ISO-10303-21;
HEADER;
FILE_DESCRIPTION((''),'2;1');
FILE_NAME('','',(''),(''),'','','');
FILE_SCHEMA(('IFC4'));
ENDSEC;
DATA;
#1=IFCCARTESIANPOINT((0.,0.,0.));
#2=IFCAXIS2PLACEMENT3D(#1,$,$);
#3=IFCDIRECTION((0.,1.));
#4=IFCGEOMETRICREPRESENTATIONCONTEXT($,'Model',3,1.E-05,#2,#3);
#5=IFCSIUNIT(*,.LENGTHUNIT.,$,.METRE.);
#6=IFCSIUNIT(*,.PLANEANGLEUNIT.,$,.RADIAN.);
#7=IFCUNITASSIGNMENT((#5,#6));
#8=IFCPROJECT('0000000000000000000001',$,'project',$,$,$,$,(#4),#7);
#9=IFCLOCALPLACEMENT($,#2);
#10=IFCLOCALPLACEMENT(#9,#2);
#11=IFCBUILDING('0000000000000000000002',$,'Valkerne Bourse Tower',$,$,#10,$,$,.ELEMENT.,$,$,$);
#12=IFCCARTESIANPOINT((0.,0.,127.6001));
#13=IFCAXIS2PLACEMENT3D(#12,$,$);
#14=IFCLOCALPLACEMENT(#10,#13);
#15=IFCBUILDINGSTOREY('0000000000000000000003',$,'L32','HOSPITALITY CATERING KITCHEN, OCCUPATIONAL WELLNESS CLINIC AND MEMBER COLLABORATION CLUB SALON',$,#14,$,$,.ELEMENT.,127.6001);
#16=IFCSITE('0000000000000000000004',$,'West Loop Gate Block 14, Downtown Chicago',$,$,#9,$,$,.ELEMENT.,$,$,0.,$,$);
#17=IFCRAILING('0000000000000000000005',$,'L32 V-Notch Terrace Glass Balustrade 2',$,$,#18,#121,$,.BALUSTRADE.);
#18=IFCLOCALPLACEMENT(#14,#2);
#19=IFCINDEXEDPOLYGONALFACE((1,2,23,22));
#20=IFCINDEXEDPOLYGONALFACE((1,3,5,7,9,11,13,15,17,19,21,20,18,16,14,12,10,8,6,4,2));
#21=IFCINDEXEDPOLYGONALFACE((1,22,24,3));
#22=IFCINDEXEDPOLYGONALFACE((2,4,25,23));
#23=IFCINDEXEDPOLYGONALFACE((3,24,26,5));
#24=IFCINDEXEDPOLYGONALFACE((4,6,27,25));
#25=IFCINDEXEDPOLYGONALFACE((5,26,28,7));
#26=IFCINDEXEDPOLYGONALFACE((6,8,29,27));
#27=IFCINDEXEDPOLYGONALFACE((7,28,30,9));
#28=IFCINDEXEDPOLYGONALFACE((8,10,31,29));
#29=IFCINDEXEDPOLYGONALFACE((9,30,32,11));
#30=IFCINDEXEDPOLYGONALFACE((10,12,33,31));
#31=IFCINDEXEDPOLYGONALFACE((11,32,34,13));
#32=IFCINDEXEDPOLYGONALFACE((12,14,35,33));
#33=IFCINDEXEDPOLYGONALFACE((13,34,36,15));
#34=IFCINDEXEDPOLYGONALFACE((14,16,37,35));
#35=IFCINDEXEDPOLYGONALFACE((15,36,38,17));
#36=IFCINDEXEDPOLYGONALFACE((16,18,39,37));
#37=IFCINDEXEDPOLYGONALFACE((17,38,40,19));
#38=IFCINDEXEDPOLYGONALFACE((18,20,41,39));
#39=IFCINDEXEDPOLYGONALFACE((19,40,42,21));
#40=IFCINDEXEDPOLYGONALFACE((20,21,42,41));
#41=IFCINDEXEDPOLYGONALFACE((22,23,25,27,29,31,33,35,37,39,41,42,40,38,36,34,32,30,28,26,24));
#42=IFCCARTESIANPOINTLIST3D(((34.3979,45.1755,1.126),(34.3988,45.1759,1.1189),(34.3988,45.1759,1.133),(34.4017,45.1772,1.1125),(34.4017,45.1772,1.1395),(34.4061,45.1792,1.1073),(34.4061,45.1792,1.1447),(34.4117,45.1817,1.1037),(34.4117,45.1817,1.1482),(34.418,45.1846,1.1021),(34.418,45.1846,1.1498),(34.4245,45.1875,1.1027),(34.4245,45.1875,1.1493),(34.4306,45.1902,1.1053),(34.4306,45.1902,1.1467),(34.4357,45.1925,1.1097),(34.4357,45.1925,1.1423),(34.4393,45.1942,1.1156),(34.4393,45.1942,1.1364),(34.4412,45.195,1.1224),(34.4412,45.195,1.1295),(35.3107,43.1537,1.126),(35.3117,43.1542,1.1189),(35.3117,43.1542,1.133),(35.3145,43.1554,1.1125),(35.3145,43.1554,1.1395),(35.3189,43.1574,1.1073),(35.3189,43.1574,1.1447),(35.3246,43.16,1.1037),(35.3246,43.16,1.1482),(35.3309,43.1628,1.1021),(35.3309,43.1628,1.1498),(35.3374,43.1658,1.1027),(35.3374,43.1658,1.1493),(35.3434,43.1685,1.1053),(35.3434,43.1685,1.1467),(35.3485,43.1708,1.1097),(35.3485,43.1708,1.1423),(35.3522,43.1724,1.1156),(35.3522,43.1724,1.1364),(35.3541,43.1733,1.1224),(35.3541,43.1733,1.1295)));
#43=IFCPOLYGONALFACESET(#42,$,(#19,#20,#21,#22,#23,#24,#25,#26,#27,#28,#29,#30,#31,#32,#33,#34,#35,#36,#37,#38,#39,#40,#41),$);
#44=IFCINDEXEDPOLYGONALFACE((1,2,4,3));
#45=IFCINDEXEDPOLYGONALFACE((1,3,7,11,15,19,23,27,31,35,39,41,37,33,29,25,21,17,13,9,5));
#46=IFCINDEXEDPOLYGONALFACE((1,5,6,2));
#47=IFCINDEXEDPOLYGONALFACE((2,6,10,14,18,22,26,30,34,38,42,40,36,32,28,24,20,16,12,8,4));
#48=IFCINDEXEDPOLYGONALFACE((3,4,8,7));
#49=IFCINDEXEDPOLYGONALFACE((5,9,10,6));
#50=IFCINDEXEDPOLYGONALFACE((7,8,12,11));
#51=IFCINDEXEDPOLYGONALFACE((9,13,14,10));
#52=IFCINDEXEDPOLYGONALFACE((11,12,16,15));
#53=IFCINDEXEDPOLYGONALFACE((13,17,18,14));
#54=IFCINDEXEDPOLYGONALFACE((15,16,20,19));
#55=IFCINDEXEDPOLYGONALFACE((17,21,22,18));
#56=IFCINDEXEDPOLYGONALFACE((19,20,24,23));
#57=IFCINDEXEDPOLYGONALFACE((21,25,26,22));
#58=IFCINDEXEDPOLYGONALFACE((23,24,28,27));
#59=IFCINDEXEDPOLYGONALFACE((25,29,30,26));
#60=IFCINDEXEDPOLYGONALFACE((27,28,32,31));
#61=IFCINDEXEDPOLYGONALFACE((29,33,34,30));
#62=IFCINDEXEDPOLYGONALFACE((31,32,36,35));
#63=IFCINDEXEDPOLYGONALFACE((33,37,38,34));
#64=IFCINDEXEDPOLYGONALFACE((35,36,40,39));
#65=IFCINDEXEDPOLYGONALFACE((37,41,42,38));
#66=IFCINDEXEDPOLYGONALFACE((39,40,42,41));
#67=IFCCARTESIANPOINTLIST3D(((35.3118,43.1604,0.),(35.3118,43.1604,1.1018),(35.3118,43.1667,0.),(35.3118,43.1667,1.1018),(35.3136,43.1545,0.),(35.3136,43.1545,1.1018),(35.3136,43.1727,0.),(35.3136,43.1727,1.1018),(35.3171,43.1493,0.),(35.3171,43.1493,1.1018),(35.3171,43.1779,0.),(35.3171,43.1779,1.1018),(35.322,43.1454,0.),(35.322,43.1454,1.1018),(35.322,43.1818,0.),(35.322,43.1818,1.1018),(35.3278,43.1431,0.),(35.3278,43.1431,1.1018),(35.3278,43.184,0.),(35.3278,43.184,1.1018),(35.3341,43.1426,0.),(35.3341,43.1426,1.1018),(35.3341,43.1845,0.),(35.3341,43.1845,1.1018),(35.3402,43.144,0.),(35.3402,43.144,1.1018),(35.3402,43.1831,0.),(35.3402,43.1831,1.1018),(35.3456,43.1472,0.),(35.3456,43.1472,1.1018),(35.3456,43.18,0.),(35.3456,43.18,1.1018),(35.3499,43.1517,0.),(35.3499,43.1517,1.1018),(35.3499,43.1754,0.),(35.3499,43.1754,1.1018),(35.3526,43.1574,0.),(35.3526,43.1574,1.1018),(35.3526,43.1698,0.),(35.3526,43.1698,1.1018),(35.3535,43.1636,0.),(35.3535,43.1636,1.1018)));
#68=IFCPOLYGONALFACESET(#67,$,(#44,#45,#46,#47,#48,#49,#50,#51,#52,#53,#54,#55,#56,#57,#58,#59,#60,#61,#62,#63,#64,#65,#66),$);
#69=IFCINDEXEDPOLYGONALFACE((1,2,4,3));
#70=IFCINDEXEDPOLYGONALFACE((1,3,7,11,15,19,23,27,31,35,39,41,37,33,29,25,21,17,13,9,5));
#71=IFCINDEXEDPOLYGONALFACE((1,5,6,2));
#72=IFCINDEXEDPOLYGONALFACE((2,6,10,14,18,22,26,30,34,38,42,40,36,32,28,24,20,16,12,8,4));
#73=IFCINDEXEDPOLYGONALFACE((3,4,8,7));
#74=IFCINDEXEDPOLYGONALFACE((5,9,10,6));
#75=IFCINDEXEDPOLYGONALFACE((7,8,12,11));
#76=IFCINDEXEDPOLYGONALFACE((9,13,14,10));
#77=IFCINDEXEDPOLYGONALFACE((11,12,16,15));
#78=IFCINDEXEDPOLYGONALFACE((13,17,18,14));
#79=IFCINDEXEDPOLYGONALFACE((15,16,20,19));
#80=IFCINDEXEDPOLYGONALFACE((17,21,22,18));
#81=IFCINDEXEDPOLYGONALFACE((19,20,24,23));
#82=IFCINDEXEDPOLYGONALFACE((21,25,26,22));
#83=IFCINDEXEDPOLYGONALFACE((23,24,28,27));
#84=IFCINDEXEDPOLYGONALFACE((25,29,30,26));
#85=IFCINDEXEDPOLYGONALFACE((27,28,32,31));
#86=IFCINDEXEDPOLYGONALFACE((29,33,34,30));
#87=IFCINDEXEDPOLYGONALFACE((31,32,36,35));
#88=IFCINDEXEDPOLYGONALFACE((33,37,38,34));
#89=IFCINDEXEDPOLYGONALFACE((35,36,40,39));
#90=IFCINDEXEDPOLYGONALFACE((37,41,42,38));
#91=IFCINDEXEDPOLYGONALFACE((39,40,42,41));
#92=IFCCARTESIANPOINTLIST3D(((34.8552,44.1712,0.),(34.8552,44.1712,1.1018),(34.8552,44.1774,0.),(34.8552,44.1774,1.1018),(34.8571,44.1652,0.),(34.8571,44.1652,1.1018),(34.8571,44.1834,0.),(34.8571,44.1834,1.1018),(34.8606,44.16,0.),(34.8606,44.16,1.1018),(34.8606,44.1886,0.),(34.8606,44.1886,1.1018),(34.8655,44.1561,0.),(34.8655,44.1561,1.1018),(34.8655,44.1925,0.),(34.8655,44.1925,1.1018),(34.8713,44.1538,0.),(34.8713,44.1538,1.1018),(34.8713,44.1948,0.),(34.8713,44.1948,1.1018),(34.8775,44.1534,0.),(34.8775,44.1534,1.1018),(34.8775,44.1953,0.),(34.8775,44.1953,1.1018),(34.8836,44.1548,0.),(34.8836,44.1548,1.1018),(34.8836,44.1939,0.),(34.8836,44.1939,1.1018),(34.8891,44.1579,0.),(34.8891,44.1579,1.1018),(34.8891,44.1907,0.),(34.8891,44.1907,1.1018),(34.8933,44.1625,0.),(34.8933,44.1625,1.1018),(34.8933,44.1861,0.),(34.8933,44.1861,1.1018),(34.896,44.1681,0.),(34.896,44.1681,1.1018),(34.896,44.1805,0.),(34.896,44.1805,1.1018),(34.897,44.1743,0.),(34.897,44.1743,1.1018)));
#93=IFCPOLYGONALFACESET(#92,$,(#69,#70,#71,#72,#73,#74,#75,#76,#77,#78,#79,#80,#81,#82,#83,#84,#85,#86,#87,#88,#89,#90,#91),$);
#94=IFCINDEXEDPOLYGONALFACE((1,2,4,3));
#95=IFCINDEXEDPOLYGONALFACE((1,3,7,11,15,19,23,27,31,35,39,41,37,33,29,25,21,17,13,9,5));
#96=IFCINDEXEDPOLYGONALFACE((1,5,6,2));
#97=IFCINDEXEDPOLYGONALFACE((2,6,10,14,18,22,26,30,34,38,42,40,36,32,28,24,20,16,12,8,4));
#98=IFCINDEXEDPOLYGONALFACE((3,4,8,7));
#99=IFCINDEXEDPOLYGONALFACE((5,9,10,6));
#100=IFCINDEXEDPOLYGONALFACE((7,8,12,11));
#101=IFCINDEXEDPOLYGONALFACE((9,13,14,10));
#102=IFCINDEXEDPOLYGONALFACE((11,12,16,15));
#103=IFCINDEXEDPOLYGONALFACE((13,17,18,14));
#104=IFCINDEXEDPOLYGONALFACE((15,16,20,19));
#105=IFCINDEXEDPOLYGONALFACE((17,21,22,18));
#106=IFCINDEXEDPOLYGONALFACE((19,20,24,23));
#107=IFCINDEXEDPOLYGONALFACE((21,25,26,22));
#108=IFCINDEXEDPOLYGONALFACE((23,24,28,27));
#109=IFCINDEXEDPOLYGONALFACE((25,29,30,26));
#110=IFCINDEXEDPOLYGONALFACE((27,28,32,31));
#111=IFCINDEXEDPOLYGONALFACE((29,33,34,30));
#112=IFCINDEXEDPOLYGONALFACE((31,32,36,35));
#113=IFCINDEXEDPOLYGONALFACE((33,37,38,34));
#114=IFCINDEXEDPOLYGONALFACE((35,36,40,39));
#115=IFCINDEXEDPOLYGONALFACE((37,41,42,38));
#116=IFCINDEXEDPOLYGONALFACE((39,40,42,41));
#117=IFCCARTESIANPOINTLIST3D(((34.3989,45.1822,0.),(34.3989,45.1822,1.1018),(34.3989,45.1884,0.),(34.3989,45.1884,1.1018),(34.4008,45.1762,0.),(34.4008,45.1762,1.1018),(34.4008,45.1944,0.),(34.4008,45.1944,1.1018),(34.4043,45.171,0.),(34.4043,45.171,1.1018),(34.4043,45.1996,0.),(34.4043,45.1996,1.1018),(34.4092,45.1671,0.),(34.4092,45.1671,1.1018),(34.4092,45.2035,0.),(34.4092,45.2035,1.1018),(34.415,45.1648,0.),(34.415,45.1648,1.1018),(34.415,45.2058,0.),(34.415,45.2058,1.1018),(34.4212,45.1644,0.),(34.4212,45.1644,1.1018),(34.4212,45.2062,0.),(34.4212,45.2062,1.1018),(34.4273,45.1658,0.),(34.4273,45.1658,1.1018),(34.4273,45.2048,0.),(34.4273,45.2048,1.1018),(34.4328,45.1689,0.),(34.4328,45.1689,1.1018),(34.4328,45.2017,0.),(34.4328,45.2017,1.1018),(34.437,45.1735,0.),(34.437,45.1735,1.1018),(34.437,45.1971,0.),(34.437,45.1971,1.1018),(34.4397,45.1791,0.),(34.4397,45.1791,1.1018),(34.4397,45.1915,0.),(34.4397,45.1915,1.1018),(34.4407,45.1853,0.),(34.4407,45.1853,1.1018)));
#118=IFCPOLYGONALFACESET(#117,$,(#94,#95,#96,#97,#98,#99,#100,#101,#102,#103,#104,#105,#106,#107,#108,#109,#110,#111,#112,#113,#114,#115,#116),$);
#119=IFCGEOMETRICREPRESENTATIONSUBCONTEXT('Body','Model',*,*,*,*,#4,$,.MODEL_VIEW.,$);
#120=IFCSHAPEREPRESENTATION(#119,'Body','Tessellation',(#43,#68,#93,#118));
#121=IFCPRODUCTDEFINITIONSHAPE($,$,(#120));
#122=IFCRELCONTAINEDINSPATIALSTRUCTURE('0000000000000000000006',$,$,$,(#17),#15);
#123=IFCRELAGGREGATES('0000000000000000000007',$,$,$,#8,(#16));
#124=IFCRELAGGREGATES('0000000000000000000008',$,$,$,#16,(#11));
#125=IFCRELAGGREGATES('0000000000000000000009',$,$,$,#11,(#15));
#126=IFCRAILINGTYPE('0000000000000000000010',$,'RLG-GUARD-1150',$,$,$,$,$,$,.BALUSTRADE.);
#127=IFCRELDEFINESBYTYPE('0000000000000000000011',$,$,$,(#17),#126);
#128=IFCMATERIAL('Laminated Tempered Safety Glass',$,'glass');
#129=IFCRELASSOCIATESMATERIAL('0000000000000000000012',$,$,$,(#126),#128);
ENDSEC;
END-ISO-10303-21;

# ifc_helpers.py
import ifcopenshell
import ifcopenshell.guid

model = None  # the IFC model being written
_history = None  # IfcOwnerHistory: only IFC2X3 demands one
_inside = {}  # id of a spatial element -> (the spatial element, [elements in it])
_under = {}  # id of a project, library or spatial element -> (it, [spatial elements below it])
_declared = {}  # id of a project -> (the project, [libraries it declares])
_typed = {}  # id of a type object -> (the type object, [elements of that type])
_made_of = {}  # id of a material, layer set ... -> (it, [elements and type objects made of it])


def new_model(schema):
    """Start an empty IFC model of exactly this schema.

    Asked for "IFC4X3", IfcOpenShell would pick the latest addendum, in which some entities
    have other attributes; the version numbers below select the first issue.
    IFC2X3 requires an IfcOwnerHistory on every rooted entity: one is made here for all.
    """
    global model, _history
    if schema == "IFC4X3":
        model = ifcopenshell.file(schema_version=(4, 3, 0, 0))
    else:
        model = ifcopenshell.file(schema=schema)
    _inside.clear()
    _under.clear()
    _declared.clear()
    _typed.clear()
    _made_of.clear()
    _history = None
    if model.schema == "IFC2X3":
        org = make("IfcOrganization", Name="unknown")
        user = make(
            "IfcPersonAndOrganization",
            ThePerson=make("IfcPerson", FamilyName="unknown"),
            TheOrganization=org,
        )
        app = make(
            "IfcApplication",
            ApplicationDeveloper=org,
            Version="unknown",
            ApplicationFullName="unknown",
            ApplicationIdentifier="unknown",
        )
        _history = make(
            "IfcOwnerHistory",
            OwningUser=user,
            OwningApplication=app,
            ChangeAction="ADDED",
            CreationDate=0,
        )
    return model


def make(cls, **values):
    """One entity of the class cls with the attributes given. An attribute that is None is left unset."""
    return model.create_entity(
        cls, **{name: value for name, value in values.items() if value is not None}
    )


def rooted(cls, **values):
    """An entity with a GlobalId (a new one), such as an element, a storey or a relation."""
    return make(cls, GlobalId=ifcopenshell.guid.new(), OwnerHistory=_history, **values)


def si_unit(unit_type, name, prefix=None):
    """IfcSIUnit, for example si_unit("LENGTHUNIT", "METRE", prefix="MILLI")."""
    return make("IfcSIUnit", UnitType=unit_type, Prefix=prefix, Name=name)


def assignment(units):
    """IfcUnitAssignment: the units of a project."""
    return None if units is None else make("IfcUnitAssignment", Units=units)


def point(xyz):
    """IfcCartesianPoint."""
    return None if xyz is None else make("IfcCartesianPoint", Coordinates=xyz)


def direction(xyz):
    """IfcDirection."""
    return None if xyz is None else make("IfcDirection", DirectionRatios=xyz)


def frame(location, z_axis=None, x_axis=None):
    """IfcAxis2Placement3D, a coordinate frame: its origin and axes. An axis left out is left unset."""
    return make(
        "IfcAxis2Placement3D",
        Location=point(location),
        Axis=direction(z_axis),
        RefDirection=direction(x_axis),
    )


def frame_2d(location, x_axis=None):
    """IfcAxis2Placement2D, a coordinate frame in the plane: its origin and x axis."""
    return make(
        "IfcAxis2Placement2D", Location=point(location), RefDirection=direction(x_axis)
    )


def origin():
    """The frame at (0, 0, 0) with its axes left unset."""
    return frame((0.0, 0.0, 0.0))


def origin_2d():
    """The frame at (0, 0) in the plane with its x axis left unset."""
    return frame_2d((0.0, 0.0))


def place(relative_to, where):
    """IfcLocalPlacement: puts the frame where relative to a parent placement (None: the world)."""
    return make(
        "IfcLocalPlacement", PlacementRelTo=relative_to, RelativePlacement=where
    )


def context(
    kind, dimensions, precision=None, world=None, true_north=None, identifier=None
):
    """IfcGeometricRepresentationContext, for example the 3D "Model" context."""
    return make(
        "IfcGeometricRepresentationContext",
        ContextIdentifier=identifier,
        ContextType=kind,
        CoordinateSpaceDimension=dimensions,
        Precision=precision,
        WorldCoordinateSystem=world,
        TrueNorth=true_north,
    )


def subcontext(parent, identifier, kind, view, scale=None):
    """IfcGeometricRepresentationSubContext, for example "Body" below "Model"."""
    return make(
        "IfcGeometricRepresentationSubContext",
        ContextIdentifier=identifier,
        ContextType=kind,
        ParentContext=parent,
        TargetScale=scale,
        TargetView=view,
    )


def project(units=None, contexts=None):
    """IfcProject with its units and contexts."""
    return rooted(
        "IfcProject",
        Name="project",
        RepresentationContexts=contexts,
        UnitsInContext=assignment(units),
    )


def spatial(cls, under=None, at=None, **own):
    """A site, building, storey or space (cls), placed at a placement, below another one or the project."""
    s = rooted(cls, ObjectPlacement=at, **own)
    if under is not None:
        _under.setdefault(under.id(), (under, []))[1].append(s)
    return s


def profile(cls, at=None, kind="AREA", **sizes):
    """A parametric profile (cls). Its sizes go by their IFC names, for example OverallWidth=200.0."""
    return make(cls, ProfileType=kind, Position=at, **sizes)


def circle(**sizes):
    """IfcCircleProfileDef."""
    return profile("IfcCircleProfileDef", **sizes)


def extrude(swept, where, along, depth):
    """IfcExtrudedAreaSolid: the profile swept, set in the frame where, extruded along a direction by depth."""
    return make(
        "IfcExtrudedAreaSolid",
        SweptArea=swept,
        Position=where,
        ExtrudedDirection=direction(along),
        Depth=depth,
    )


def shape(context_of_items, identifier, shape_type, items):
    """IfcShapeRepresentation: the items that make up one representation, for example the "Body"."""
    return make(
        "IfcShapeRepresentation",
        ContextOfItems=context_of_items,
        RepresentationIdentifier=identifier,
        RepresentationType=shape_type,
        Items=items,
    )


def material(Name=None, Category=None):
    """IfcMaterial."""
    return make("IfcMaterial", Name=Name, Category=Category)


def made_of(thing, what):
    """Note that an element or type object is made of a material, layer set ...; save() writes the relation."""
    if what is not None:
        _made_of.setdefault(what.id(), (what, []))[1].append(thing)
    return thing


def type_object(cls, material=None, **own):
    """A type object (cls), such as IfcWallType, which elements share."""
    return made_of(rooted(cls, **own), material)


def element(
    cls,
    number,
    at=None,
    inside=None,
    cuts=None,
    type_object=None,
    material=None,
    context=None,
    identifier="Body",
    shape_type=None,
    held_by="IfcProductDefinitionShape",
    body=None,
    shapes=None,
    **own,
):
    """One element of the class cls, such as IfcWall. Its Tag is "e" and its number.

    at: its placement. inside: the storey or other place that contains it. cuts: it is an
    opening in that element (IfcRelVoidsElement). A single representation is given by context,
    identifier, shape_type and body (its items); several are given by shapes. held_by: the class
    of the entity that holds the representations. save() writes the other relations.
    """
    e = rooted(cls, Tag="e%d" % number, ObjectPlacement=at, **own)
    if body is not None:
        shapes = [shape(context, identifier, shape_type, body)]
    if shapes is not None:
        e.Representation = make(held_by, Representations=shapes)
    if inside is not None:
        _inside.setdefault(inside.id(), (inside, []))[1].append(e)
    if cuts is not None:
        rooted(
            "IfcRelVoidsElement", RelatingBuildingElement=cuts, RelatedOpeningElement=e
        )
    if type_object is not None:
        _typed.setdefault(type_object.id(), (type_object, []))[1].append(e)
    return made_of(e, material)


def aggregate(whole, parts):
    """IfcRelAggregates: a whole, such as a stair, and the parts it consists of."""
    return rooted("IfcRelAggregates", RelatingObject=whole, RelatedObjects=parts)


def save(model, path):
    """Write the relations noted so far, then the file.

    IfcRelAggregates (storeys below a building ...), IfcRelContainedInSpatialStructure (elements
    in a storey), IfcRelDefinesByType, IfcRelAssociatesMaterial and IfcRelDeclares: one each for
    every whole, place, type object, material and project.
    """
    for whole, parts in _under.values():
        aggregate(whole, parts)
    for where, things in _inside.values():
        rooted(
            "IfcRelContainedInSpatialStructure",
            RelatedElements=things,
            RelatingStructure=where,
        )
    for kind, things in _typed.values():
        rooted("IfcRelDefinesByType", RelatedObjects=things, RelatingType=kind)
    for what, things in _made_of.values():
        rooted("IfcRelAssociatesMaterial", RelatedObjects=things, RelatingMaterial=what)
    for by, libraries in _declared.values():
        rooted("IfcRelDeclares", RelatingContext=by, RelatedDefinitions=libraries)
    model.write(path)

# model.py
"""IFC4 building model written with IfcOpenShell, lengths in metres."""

from ifc_helpers import new_model, si_unit, direction, frame, origin, origin_2d, place, context, subcontext, project, spatial, circle, extrude, material, type_object, element, save


model = new_model("IFC4")

# Units and contexts
model_context = context("Model", 3, precision=1e-05, world=origin(), true_north=direction((0.0, 1.0)))
body_context = subcontext(model_context, "Body", "Model", "MODEL_VIEW")
ifc_project = project(units=[si_unit("LENGTHUNIT", "METRE"), si_unit("PLANEANGLEUNIT", "RADIAN")], contexts=[model_context])

# Site, building, storey
site_placement = place(None, origin())
site = spatial("IfcSite", under=ifc_project, at=site_placement, Name="West Loop Gate Block 14, Downtown Chicago", CompositionType="ELEMENT", RefElevation=0.0)
building_placement = place(site_placement, origin())
building = spatial("IfcBuilding", under=site, at=building_placement, Name="Valkerne Bourse Tower", CompositionType="ELEMENT")
storey_placement = place(building_placement, frame((0.0, 0.0, 127.6001)))
storey = spatial("IfcBuildingStorey", under=building, at=storey_placement, Name="L32", Description="HOSPITALITY CATERING KITCHEN, OCCUPATIONAL WELLNESS CLINIC AND MEMBER COLLABORATION CLUB SALON", CompositionType="ELEMENT", Elevation=127.6001)

# Railing
ifc_material_1 = material(Name="Laminated Tempered Safety Glass", Category="glass")
railing_type = type_object("IfcRailingType", Name="RLG-GUARD-1150", PredefinedType="BALUSTRADE", material=ifc_material_1)
railing_1_placement = place(storey_placement, frame((35.3325, 43.1636, 0.0)))
element("IfcRailing", 1, at=railing_1_placement, inside=storey, type_object=railing_type, Name="L32 V-Notch Terrace Glass Balustrade 2", PredefinedType="BALUSTRADE", context=body_context, shape_type="SweptSolid", body=[
    extrude(circle(Radius=0.0239, at=origin_2d()), frame((0.0, 0.0, 1.126), z_axis=(-0.411513, 0.911404, 0.0), x_axis=(-0.911404, -0.411513, 0.0)), (0.0, 0.0, 1.0), 2.2183),
    extrude(circle(Radius=0.021, at=origin_2d()), origin(), (0.0, 0.0, 1.0), 1.1018),
    extrude(circle(Radius=0.021, at=origin_2d()), frame((-0.4565, 1.0107, 0.0)), (0.0, 0.0, 1.0), 1.1018),
    extrude(circle(Radius=0.021, at=origin_2d()), frame((-0.9128, 2.0217, 0.0)), (0.0, 0.0, 1.0), 1.1018),
])

save(model, "model.ifc")
